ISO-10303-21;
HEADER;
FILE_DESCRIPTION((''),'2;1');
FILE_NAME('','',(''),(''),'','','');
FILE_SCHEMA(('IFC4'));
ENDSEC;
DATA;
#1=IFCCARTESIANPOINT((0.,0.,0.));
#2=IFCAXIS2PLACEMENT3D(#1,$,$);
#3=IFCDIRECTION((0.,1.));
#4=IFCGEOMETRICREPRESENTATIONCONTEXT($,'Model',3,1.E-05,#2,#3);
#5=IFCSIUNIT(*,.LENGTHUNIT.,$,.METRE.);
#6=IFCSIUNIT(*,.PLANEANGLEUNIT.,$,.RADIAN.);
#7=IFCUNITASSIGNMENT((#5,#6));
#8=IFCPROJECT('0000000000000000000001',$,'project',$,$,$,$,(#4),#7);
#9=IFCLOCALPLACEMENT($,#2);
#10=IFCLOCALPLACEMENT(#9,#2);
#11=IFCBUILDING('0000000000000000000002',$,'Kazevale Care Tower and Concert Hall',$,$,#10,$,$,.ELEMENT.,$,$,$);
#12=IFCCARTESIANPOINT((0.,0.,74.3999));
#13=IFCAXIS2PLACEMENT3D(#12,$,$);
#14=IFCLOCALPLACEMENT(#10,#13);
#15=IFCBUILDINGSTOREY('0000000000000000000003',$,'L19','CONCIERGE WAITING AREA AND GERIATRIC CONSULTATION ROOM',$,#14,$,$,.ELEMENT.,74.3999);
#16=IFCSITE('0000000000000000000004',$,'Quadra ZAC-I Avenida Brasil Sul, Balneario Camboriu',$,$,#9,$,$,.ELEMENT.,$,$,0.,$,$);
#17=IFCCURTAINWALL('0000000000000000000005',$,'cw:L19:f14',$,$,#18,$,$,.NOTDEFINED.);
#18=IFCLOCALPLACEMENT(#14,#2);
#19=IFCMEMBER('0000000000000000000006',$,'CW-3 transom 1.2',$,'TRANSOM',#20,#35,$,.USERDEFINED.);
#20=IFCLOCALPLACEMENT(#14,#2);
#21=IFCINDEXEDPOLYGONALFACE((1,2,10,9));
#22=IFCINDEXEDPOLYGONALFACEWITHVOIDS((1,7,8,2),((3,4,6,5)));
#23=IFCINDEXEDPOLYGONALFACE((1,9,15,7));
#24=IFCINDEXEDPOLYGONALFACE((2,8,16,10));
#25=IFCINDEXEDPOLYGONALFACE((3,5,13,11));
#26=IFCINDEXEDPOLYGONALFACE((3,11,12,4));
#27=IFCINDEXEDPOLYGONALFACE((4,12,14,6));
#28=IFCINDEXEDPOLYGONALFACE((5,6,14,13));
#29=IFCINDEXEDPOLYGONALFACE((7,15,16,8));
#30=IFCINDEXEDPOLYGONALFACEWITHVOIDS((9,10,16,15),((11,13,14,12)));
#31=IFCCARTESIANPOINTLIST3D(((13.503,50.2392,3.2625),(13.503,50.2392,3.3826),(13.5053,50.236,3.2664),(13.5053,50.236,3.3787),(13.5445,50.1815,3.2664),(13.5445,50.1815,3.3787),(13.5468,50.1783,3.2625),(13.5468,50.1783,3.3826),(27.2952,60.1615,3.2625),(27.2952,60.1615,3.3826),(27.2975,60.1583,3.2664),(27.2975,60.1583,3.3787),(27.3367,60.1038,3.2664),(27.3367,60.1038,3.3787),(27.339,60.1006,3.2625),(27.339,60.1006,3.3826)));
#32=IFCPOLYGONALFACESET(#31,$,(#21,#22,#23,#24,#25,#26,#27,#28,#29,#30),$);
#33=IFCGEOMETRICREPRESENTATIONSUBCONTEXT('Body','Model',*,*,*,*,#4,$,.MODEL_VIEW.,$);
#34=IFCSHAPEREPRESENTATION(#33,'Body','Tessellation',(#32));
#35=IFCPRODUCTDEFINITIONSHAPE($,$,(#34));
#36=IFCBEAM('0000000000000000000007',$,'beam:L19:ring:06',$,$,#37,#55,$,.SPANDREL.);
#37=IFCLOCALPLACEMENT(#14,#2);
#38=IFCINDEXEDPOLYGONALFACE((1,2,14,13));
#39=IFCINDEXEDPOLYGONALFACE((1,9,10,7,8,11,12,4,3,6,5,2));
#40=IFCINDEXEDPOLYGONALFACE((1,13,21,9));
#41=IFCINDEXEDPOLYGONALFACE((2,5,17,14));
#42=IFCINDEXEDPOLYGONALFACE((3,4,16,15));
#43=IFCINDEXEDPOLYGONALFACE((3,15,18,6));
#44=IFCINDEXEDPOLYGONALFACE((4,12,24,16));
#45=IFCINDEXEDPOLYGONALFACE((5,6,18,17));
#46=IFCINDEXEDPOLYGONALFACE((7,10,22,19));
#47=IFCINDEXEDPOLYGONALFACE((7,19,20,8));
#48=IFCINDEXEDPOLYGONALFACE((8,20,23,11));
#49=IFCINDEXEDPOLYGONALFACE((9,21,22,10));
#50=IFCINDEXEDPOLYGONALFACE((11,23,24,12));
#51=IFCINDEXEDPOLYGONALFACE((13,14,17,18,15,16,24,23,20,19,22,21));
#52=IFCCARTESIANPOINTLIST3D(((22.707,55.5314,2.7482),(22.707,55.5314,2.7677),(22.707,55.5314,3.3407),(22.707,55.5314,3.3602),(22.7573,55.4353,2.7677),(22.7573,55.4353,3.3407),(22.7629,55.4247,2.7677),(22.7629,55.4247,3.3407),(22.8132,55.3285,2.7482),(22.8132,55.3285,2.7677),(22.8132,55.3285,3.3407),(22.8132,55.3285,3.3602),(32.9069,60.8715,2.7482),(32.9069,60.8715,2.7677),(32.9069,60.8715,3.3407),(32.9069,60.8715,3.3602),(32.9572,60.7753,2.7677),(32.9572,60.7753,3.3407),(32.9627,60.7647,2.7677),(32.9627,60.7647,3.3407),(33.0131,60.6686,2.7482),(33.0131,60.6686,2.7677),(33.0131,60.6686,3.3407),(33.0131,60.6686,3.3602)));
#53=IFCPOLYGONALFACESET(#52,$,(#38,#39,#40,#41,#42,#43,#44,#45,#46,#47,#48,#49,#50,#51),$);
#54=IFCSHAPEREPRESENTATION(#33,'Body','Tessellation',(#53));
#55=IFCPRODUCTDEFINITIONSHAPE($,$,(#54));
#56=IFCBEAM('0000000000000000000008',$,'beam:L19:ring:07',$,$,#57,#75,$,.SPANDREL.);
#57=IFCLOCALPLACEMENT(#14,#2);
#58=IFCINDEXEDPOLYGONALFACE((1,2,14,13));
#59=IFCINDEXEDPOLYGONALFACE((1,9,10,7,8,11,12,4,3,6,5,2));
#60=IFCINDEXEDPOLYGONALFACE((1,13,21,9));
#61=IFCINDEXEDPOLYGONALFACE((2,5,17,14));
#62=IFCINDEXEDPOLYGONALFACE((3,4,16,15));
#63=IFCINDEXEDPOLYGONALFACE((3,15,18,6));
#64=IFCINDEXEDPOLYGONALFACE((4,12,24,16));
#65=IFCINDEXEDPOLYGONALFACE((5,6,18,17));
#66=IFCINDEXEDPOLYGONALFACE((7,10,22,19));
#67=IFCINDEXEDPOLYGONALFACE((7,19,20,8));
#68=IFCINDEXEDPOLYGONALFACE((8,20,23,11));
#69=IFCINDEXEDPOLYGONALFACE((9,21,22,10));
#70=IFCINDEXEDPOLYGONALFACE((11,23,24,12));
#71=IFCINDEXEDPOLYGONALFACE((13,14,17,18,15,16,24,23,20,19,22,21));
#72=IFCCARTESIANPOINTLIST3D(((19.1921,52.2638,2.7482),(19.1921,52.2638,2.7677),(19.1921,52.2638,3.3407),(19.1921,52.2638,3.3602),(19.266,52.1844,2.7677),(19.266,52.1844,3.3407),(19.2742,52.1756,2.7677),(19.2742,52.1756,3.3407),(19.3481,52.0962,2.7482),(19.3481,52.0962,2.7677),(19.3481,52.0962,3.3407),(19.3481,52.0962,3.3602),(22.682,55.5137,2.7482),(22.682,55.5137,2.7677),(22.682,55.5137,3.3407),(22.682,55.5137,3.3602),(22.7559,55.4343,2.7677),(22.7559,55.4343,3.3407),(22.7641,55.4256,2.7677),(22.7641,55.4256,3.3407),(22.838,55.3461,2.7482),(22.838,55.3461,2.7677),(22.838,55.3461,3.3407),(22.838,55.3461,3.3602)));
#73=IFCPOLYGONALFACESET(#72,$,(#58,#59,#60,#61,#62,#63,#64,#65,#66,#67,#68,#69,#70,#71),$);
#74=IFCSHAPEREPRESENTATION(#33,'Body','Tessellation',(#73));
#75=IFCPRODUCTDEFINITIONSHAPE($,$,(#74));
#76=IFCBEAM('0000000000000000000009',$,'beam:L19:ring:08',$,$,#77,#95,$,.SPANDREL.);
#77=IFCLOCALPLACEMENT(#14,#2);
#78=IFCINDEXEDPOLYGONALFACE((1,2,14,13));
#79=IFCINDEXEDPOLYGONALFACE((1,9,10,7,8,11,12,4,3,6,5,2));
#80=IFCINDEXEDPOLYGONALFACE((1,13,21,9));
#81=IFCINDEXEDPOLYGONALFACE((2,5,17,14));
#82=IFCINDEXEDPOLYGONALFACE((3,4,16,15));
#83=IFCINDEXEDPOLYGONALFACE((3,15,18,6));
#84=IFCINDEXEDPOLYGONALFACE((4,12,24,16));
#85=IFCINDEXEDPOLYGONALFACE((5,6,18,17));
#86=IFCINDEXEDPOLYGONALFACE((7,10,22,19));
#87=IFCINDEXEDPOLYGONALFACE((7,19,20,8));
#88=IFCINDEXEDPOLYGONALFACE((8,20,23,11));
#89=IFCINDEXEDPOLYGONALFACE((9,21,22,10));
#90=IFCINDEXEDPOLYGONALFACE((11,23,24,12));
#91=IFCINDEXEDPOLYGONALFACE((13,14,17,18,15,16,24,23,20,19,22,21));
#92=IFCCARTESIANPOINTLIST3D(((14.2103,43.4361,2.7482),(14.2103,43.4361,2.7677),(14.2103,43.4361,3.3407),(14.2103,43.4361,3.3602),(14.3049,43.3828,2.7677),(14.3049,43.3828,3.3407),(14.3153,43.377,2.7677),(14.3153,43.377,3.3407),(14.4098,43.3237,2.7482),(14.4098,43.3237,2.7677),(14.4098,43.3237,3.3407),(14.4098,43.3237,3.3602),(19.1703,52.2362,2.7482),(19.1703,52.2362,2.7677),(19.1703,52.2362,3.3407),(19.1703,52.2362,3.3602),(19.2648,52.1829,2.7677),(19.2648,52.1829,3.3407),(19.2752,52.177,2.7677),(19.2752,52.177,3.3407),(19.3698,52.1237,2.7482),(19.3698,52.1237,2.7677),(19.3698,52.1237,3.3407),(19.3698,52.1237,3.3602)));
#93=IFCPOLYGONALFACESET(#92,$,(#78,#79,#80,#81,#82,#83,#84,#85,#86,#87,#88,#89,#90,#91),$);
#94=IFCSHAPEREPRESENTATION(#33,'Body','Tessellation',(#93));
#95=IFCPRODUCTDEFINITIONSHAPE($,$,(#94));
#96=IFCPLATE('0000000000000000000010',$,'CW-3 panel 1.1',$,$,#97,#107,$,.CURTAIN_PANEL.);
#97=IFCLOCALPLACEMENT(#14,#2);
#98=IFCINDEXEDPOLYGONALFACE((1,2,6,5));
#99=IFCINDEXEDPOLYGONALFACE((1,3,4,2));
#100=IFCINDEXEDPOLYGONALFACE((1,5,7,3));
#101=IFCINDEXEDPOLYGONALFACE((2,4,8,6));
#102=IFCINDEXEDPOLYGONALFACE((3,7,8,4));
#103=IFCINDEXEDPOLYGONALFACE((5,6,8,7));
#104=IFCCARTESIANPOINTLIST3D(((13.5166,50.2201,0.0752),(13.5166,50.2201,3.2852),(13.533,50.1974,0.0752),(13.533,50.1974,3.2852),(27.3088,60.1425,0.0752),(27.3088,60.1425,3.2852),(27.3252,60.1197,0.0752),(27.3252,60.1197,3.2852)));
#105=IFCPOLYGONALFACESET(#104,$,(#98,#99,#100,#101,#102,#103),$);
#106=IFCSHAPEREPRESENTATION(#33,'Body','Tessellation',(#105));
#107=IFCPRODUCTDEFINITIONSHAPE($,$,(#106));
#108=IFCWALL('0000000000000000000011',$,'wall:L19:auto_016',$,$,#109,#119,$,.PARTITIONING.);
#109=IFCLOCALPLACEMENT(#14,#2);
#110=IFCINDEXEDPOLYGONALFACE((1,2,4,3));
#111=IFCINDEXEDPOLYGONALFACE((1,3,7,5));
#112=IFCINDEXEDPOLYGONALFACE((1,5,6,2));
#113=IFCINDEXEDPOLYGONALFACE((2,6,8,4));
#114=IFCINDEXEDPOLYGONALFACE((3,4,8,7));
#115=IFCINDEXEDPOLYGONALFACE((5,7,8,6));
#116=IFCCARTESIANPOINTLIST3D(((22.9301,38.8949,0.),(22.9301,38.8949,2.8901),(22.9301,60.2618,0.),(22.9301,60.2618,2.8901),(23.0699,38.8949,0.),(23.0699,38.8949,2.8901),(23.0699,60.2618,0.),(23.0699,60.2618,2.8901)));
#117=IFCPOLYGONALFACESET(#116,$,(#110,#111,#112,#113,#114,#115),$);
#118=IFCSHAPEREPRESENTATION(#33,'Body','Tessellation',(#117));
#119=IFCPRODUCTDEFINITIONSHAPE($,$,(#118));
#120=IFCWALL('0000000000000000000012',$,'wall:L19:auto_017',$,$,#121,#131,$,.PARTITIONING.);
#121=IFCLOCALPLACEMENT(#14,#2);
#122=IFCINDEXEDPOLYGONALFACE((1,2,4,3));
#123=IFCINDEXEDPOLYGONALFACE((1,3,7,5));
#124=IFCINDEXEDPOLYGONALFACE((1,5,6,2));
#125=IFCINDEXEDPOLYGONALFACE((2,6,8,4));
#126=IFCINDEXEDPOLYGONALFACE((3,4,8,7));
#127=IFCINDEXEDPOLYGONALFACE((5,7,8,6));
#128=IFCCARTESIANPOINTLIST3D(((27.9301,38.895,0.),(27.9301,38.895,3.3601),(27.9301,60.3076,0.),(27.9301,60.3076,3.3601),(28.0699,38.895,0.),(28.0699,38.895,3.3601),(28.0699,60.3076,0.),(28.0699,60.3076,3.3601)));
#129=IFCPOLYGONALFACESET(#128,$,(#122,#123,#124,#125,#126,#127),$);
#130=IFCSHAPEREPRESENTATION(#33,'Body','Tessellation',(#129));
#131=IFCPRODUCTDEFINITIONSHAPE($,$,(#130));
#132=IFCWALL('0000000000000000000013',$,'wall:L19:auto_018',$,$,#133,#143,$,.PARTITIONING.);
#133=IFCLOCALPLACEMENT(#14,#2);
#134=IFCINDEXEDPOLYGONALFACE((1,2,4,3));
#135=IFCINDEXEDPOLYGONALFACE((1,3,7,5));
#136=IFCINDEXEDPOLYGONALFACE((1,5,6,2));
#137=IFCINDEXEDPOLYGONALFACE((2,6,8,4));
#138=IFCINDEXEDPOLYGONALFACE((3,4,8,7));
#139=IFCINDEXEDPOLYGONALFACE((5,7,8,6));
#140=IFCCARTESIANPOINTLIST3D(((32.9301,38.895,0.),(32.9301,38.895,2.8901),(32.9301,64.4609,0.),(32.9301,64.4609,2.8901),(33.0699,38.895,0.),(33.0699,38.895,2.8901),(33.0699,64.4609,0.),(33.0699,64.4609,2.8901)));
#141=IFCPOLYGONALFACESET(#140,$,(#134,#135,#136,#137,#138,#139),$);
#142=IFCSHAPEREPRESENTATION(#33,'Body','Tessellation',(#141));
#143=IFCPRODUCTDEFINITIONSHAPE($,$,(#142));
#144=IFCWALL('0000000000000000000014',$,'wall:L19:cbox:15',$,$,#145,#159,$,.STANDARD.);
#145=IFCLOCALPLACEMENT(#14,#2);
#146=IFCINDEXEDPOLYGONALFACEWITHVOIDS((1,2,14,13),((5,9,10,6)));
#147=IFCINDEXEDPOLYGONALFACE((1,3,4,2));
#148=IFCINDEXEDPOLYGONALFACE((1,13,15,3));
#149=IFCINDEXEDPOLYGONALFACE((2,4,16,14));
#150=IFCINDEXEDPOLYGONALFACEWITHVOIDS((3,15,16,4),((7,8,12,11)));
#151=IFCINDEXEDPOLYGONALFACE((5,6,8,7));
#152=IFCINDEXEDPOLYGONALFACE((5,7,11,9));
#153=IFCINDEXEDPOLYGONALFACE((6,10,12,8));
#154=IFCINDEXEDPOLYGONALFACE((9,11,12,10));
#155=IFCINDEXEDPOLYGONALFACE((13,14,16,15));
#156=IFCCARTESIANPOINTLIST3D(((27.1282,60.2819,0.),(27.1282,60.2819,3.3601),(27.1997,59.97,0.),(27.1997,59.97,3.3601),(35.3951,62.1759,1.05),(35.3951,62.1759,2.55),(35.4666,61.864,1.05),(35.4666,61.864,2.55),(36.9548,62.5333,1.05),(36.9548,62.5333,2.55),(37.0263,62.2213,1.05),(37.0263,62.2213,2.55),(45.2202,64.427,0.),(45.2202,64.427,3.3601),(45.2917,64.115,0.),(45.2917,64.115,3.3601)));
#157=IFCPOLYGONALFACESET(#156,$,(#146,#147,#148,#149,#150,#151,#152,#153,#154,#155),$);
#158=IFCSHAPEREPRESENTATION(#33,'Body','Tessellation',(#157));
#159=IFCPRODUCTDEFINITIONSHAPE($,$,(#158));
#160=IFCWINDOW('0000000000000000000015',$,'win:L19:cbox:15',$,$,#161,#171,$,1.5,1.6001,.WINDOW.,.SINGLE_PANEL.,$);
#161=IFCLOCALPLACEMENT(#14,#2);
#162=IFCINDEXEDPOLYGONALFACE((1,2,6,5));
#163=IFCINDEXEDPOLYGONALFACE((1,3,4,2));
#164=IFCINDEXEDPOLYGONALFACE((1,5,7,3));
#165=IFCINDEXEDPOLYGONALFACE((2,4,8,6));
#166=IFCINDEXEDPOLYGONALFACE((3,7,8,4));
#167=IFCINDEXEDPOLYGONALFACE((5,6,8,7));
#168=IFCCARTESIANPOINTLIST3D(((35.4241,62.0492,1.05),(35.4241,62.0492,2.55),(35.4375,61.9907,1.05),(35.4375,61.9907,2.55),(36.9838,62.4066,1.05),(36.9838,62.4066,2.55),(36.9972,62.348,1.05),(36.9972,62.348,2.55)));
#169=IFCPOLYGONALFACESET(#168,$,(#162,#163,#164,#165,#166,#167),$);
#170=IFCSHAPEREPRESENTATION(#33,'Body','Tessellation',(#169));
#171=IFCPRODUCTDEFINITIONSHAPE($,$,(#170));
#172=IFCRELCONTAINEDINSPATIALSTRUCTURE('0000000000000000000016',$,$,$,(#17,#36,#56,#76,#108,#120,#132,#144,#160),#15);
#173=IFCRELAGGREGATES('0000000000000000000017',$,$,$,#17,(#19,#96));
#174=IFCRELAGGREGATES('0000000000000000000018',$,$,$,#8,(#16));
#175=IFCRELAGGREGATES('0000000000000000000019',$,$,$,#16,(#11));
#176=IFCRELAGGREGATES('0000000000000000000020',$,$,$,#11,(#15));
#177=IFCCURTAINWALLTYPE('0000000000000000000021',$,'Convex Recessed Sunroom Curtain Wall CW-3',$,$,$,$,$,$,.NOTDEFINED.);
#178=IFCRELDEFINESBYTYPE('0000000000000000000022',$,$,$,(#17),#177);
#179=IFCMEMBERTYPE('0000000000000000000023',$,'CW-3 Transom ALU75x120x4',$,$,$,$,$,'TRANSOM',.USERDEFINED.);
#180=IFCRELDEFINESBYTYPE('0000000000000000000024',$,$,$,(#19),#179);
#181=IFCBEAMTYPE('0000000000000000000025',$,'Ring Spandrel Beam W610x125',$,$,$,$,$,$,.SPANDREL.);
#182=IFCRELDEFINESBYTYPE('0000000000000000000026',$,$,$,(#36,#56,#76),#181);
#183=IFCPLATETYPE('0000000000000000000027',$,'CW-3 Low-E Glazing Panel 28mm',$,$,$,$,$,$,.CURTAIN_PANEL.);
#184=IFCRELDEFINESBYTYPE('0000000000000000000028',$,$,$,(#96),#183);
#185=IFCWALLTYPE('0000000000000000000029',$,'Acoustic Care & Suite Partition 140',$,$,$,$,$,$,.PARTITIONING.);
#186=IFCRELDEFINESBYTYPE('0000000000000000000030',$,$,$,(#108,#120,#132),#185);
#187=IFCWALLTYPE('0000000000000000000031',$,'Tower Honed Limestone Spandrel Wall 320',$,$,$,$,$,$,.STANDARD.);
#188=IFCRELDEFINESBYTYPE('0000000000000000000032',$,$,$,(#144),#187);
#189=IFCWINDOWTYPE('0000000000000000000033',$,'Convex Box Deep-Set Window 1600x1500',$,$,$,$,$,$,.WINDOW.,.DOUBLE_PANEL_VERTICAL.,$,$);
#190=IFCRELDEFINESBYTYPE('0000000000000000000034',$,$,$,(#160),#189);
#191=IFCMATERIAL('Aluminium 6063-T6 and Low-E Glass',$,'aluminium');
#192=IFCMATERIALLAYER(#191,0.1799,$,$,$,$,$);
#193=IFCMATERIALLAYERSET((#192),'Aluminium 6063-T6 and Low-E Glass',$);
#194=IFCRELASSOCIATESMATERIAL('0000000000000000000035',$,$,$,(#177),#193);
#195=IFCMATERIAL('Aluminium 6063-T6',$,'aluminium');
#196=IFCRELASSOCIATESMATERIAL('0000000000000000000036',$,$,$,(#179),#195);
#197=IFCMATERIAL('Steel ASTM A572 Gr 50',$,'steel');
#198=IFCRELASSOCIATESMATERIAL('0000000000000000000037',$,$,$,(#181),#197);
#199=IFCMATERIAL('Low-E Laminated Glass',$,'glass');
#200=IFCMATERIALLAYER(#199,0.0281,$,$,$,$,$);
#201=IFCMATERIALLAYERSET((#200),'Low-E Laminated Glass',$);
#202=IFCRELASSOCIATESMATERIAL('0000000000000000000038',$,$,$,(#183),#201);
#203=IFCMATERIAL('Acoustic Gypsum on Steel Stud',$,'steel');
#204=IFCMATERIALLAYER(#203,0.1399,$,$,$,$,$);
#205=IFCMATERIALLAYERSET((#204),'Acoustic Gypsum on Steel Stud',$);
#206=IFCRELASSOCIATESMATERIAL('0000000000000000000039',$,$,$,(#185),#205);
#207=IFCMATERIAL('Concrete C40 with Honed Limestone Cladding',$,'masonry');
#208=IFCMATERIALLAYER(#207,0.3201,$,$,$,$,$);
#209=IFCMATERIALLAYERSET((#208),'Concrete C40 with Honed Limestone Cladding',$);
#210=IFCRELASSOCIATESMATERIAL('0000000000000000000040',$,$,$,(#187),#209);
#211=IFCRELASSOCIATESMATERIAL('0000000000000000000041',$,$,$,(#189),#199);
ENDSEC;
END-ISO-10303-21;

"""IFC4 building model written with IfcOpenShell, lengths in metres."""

from ifc_helpers import new_model, si_unit, direction, frame, frame_2d, origin, origin_2d, place, context, subcontext, project, spatial, rectangle, hollow_rectangle, i_section, extrude, material, layer, layer_set, material_profile, profile_set, type_object, element, fill, aggregate, save


model = new_model("IFC4")

# Units and contexts
model_context = context("Model", 3, precision=1e-05, world=origin(), true_north=direction((0.0, 1.0)))
body_context = subcontext(model_context, "Body", "Model", "MODEL_VIEW")
ifc_project = project(units=[si_unit("LENGTHUNIT", "METRE"), si_unit("PLANEANGLEUNIT", "RADIAN")], contexts=[model_context])

# Site, building, storey
site_placement = place(None, origin())
site = spatial("IfcSite", under=ifc_project, at=site_placement, Name="Quadra ZAC-I Avenida Brasil Sul, Balneario Camboriu", CompositionType="ELEMENT", RefElevation=0.0)
building_placement = place(site_placement, origin())
building = spatial("IfcBuilding", under=site, at=building_placement, Name="Kazevale Care Tower and Concert Hall", CompositionType="ELEMENT")
storey_placement = place(building_placement, frame((0.0, 0.0, 74.3999)))
storey = spatial("IfcBuildingStorey", under=building, at=storey_placement, Name="L19", Description="CONCIERGE WAITING AREA AND GERIATRIC CONSULTATION ROOM", CompositionType="ELEMENT", Elevation=74.3999)

# Curtain wall, member
ifc_material_1 = material(Name="Aluminium 6063-T6 and Low-E Glass", Category="aluminium")
ifc_layer_1 = layer(ifc_material_1, 0.1799)
ifc_layer_set_1 = layer_set([ifc_layer_1], Name="Aluminium 6063-T6 and Low-E Glass")
curtain_wall_type = type_object("IfcCurtainWallType", Name="Convex Recessed Sunroom Curtain Wall CW-3", PredefinedType="NOTDEFINED", material=ifc_layer_set_1)
curtain_wall_placement = place(storey_placement, origin())
curtain_wall = element("IfcCurtainWall", 1, at=curtain_wall_placement, inside=storey, type_object=curtain_wall_type, Name="cw:L19:f14", PredefinedType="NOTDEFINED")
ifc_material_2 = material(Name="Aluminium 6063-T6", Category="aluminium")
ifc_material_profile_1 = material_profile(ifc_material_2, hollow_rectangle(XDim=0.075, YDim=0.1201, WallThickness=0.0039, at=origin_2d()), Name="ALU75x120x4")
ifc_profile_set_1 = profile_set([ifc_material_profile_1], Name="Aluminium 6063-T6")
member_type_1 = type_object("IfcMemberType", Name="CW-3 Transom ALU75x120x4", ElementType="TRANSOM", PredefinedType="USERDEFINED", material=ifc_profile_set_1)
member_1_placement = place(storey_placement, frame((13.5249, 50.2087, 3.3225), z_axis=(0.811759, 0.583993, 0.0), x_axis=(-0.583993, 0.811759, 0.0)))
member_1 = element("IfcMember", 2, at=member_1_placement, type_object=member_type_1, Name="CW-3 transom 1.2", ObjectType="TRANSOM", PredefinedType="USERDEFINED", context=body_context, shape_type="SweptSolid", body=[
    extrude(hollow_rectangle(XDim=0.075, YDim=0.1201, WallThickness=0.0039, at=origin_2d()), origin(), (0.0, 0.0, 1.0), 16.9905),
])

# Beams
ifc_material_3 = material(Name="Steel ASTM A572 Gr 50", Category="steel")
ifc_material_profile_2 = material_profile(ifc_material_3, i_section(OverallWidth=0.229, OverallDepth=0.6121, WebThickness=0.012, FlangeThickness=0.0195, at=origin_2d()), Name="W610x125")
ifc_profile_set_2 = profile_set([ifc_material_profile_2], Name="Steel ASTM A572 Gr 50")
beam_type = type_object("IfcBeamType", Name="Ring Spandrel Beam W610x125", PredefinedType="SPANDREL", material=ifc_profile_set_2)
beam_1_placement = place(storey_placement, frame((32.96, 60.77, 3.0542), z_axis=(-0.885929, -0.46382, 0.0), x_axis=(0.46382, -0.885929, 0.0)))
element("IfcBeam", 3, at=beam_1_placement, inside=storey, type_object=beam_type, Name="beam:L19:ring:06", PredefinedType="SPANDREL", context=body_context, shape_type="SweptSolid", body=[
    extrude(i_section(OverallWidth=0.229, OverallDepth=0.6121, WebThickness=0.012, FlangeThickness=0.0195, at=origin_2d()), origin(), (0.0, 0.0, 1.0), 11.5132),
])
beam_2_placement = place(storey_placement, frame((22.76, 55.4299, 3.0542), z_axis=(-0.731821, -0.681497, 0.0), x_axis=(0.681497, -0.731821, 0.0)))
element("IfcBeam", 4, at=beam_2_placement, inside=storey, type_object=beam_type, Name="beam:L19:ring:07", PredefinedType="SPANDREL", context=body_context, shape_type="SweptSolid", body=[
    extrude(i_section(OverallWidth=0.229, OverallDepth=0.6121, WebThickness=0.012, FlangeThickness=0.0195, at=origin_2d()), origin(), (0.0, 0.0, 1.0), 4.7688),
])
beam_3_placement = place(storey_placement, frame((19.27, 52.1799, 3.0542), z_axis=(-0.491008, -0.871155, 0.0), x_axis=(0.871155, -0.491008, 0.0)))
element("IfcBeam", 5, at=beam_3_placement, inside=storey, type_object=beam_type, Name="beam:L19:ring:08", PredefinedType="SPANDREL", context=body_context, shape_type="SweptSolid", body=[
    extrude(i_section(OverallWidth=0.229, OverallDepth=0.6121, WebThickness=0.012, FlangeThickness=0.0195, at=origin_2d()), origin(), (0.0, 0.0, 1.0), 10.1016),
])

# Plate
ifc_material_4 = material(Name="Low-E Laminated Glass", Category="glass")
ifc_layer_2 = layer(ifc_material_4, 0.0281)
ifc_layer_set_2 = layer_set([ifc_layer_2], Name="Low-E Laminated Glass")
plate_type = type_object("IfcPlateType", Name="CW-3 Low-E Glazing Panel 28mm", PredefinedType="CURTAIN_PANEL", material=ifc_layer_set_2)
plate_placement = place(storey_placement, frame((20.4209, 55.1699, 0.0752), z_axis=(0.0, 0.0, 1.0), x_axis=(0.811758, 0.583994, 0.0)))
plate = element("IfcPlate", 6, at=plate_placement, type_object=plate_type, Name="CW-3 panel 1.1", PredefinedType="CURTAIN_PANEL", context=body_context, shape_type="SweptSolid", body=[
    extrude(rectangle(XDim=16.9905, YDim=0.0281, at=origin_2d()), origin(), (0.0, 0.0, 1.0), 3.21),
])
aggregate(curtain_wall, [member_1, plate])

# Walls
ifc_material_5 = material(Name="Acoustic Gypsum on Steel Stud", Category="steel")
ifc_layer_3 = layer(ifc_material_5, 0.1399)
ifc_layer_set_3 = layer_set([ifc_layer_3], Name="Acoustic Gypsum on Steel Stud")
wall_type_1 = type_object("IfcWallType", Name="Acoustic Care & Suite Partition 140", PredefinedType="PARTITIONING", material=ifc_layer_set_3)
wall_1_placement = place(storey_placement, frame((23.0, 60.262, 0.0), z_axis=(0.0, 0.0, 1.0), x_axis=(0.0, -1.0, 0.0)))
element("IfcWall", 7, at=wall_1_placement, inside=storey, type_object=wall_type_1, Name="wall:L19:auto_016", PredefinedType="PARTITIONING", context=body_context, shape_type="SweptSolid", body=[
    extrude(rectangle(XDim=21.3669, YDim=0.1399, at=frame_2d((10.6836, 0.0))), origin(), (0.0, 0.0, 1.0), 2.8901),
])
wall_2_placement = place(storey_placement, frame((28.0, 60.3076, 0.0), z_axis=(0.0, 0.0, 1.0), x_axis=(0.0, -1.0, 0.0)))
element("IfcWall", 8, at=wall_2_placement, inside=storey, type_object=wall_type_1, Name="wall:L19:auto_017", PredefinedType="PARTITIONING", context=body_context, shape_type="SweptSolid", body=[
    extrude(rectangle(XDim=21.4126, YDim=0.1399, at=frame_2d((10.7063, 0.0))), origin(), (0.0, 0.0, 1.0), 3.3601),
])
wall_3_placement = place(storey_placement, frame((33.0, 64.4609, 0.0), z_axis=(0.0, 0.0, 1.0), x_axis=(0.0, -1.0, 0.0)))
element("IfcWall", 9, at=wall_3_placement, inside=storey, type_object=wall_type_1, Name="wall:L19:auto_018", PredefinedType="PARTITIONING", context=body_context, shape_type="SweptSolid", body=[
    extrude(rectangle(XDim=25.5659, YDim=0.1399, at=frame_2d((12.783, 0.0))), origin(), (0.0, 0.0, 1.0), 2.8901),
])

# Wall, opening, window
ifc_material_6 = material(Name="Concrete C40 with Honed Limestone Cladding", Category="masonry")
ifc_layer_4 = layer(ifc_material_6, 0.3201)
ifc_layer_set_4 = layer_set([ifc_layer_4], Name="Concrete C40 with Honed Limestone Cladding")
wall_type_2 = type_object("IfcWallType", Name="Tower Honed Limestone Spandrel Wall 320", PredefinedType="STANDARD", material=ifc_layer_set_4)
wall_4_placement = place(storey_placement, frame((27.1641, 60.126, 0.0), z_axis=(0.0, 0.0, 1.0), x_axis=(0.974745, 0.223321, 0.0)))
wall_4 = element("IfcWall", 10, at=wall_4_placement, inside=storey, type_object=wall_type_2, Name="wall:L19:cbox:15", PredefinedType="STANDARD", context=body_context, shape_type="SweptSolid", body=[
    extrude(rectangle(XDim=18.5608, YDim=0.3201, at=frame_2d((9.2803, 0.0))), origin(), (0.0, 0.0, 1.0), 3.3601),
])
opening_placement = place(wall_4_placement, frame((8.481, 0.0, 1.05)))
opening = element("IfcOpeningElement", 11, at=opening_placement, cuts=wall_4, PredefinedType="OPENING", context=body_context, shape_type="SweptSolid", body=[
    extrude(rectangle(XDim=1.6001, YDim=1.5, at=frame_2d((0.8, 0.75))), frame((0.0, 0.1699, 0.0), z_axis=(0.0, -1.0, 0.0), x_axis=(1.0, 0.0, 0.0)), (0.0, 0.0, 1.0), 0.3401),
])
window_type = type_object("IfcWindowType", Name="Convex Box Deep-Set Window 1600x1500", PartitioningType="DOUBLE_PANEL_VERTICAL", PredefinedType="WINDOW", material=ifc_material_4)
window_placement = place(opening_placement, origin())
window = element("IfcWindow", 12, at=window_placement, inside=storey, type_object=window_type, Name="win:L19:cbox:15", OverallHeight=1.5, OverallWidth=1.6001, PartitioningType="SINGLE_PANEL", PredefinedType="WINDOW", context=body_context, shape_type="SweptSolid", body=[
    extrude(rectangle(XDim=1.6001, YDim=1.5, at=frame_2d((0.8, 0.75))), frame((0.0, 0.03, 0.0), z_axis=(0.0, -1.0, 0.0), x_axis=(1.0, 0.0, 0.0)), (0.0, 0.0, 1.0), 0.0601),
])
fill(opening, window)

save(model, "model.ifc")
